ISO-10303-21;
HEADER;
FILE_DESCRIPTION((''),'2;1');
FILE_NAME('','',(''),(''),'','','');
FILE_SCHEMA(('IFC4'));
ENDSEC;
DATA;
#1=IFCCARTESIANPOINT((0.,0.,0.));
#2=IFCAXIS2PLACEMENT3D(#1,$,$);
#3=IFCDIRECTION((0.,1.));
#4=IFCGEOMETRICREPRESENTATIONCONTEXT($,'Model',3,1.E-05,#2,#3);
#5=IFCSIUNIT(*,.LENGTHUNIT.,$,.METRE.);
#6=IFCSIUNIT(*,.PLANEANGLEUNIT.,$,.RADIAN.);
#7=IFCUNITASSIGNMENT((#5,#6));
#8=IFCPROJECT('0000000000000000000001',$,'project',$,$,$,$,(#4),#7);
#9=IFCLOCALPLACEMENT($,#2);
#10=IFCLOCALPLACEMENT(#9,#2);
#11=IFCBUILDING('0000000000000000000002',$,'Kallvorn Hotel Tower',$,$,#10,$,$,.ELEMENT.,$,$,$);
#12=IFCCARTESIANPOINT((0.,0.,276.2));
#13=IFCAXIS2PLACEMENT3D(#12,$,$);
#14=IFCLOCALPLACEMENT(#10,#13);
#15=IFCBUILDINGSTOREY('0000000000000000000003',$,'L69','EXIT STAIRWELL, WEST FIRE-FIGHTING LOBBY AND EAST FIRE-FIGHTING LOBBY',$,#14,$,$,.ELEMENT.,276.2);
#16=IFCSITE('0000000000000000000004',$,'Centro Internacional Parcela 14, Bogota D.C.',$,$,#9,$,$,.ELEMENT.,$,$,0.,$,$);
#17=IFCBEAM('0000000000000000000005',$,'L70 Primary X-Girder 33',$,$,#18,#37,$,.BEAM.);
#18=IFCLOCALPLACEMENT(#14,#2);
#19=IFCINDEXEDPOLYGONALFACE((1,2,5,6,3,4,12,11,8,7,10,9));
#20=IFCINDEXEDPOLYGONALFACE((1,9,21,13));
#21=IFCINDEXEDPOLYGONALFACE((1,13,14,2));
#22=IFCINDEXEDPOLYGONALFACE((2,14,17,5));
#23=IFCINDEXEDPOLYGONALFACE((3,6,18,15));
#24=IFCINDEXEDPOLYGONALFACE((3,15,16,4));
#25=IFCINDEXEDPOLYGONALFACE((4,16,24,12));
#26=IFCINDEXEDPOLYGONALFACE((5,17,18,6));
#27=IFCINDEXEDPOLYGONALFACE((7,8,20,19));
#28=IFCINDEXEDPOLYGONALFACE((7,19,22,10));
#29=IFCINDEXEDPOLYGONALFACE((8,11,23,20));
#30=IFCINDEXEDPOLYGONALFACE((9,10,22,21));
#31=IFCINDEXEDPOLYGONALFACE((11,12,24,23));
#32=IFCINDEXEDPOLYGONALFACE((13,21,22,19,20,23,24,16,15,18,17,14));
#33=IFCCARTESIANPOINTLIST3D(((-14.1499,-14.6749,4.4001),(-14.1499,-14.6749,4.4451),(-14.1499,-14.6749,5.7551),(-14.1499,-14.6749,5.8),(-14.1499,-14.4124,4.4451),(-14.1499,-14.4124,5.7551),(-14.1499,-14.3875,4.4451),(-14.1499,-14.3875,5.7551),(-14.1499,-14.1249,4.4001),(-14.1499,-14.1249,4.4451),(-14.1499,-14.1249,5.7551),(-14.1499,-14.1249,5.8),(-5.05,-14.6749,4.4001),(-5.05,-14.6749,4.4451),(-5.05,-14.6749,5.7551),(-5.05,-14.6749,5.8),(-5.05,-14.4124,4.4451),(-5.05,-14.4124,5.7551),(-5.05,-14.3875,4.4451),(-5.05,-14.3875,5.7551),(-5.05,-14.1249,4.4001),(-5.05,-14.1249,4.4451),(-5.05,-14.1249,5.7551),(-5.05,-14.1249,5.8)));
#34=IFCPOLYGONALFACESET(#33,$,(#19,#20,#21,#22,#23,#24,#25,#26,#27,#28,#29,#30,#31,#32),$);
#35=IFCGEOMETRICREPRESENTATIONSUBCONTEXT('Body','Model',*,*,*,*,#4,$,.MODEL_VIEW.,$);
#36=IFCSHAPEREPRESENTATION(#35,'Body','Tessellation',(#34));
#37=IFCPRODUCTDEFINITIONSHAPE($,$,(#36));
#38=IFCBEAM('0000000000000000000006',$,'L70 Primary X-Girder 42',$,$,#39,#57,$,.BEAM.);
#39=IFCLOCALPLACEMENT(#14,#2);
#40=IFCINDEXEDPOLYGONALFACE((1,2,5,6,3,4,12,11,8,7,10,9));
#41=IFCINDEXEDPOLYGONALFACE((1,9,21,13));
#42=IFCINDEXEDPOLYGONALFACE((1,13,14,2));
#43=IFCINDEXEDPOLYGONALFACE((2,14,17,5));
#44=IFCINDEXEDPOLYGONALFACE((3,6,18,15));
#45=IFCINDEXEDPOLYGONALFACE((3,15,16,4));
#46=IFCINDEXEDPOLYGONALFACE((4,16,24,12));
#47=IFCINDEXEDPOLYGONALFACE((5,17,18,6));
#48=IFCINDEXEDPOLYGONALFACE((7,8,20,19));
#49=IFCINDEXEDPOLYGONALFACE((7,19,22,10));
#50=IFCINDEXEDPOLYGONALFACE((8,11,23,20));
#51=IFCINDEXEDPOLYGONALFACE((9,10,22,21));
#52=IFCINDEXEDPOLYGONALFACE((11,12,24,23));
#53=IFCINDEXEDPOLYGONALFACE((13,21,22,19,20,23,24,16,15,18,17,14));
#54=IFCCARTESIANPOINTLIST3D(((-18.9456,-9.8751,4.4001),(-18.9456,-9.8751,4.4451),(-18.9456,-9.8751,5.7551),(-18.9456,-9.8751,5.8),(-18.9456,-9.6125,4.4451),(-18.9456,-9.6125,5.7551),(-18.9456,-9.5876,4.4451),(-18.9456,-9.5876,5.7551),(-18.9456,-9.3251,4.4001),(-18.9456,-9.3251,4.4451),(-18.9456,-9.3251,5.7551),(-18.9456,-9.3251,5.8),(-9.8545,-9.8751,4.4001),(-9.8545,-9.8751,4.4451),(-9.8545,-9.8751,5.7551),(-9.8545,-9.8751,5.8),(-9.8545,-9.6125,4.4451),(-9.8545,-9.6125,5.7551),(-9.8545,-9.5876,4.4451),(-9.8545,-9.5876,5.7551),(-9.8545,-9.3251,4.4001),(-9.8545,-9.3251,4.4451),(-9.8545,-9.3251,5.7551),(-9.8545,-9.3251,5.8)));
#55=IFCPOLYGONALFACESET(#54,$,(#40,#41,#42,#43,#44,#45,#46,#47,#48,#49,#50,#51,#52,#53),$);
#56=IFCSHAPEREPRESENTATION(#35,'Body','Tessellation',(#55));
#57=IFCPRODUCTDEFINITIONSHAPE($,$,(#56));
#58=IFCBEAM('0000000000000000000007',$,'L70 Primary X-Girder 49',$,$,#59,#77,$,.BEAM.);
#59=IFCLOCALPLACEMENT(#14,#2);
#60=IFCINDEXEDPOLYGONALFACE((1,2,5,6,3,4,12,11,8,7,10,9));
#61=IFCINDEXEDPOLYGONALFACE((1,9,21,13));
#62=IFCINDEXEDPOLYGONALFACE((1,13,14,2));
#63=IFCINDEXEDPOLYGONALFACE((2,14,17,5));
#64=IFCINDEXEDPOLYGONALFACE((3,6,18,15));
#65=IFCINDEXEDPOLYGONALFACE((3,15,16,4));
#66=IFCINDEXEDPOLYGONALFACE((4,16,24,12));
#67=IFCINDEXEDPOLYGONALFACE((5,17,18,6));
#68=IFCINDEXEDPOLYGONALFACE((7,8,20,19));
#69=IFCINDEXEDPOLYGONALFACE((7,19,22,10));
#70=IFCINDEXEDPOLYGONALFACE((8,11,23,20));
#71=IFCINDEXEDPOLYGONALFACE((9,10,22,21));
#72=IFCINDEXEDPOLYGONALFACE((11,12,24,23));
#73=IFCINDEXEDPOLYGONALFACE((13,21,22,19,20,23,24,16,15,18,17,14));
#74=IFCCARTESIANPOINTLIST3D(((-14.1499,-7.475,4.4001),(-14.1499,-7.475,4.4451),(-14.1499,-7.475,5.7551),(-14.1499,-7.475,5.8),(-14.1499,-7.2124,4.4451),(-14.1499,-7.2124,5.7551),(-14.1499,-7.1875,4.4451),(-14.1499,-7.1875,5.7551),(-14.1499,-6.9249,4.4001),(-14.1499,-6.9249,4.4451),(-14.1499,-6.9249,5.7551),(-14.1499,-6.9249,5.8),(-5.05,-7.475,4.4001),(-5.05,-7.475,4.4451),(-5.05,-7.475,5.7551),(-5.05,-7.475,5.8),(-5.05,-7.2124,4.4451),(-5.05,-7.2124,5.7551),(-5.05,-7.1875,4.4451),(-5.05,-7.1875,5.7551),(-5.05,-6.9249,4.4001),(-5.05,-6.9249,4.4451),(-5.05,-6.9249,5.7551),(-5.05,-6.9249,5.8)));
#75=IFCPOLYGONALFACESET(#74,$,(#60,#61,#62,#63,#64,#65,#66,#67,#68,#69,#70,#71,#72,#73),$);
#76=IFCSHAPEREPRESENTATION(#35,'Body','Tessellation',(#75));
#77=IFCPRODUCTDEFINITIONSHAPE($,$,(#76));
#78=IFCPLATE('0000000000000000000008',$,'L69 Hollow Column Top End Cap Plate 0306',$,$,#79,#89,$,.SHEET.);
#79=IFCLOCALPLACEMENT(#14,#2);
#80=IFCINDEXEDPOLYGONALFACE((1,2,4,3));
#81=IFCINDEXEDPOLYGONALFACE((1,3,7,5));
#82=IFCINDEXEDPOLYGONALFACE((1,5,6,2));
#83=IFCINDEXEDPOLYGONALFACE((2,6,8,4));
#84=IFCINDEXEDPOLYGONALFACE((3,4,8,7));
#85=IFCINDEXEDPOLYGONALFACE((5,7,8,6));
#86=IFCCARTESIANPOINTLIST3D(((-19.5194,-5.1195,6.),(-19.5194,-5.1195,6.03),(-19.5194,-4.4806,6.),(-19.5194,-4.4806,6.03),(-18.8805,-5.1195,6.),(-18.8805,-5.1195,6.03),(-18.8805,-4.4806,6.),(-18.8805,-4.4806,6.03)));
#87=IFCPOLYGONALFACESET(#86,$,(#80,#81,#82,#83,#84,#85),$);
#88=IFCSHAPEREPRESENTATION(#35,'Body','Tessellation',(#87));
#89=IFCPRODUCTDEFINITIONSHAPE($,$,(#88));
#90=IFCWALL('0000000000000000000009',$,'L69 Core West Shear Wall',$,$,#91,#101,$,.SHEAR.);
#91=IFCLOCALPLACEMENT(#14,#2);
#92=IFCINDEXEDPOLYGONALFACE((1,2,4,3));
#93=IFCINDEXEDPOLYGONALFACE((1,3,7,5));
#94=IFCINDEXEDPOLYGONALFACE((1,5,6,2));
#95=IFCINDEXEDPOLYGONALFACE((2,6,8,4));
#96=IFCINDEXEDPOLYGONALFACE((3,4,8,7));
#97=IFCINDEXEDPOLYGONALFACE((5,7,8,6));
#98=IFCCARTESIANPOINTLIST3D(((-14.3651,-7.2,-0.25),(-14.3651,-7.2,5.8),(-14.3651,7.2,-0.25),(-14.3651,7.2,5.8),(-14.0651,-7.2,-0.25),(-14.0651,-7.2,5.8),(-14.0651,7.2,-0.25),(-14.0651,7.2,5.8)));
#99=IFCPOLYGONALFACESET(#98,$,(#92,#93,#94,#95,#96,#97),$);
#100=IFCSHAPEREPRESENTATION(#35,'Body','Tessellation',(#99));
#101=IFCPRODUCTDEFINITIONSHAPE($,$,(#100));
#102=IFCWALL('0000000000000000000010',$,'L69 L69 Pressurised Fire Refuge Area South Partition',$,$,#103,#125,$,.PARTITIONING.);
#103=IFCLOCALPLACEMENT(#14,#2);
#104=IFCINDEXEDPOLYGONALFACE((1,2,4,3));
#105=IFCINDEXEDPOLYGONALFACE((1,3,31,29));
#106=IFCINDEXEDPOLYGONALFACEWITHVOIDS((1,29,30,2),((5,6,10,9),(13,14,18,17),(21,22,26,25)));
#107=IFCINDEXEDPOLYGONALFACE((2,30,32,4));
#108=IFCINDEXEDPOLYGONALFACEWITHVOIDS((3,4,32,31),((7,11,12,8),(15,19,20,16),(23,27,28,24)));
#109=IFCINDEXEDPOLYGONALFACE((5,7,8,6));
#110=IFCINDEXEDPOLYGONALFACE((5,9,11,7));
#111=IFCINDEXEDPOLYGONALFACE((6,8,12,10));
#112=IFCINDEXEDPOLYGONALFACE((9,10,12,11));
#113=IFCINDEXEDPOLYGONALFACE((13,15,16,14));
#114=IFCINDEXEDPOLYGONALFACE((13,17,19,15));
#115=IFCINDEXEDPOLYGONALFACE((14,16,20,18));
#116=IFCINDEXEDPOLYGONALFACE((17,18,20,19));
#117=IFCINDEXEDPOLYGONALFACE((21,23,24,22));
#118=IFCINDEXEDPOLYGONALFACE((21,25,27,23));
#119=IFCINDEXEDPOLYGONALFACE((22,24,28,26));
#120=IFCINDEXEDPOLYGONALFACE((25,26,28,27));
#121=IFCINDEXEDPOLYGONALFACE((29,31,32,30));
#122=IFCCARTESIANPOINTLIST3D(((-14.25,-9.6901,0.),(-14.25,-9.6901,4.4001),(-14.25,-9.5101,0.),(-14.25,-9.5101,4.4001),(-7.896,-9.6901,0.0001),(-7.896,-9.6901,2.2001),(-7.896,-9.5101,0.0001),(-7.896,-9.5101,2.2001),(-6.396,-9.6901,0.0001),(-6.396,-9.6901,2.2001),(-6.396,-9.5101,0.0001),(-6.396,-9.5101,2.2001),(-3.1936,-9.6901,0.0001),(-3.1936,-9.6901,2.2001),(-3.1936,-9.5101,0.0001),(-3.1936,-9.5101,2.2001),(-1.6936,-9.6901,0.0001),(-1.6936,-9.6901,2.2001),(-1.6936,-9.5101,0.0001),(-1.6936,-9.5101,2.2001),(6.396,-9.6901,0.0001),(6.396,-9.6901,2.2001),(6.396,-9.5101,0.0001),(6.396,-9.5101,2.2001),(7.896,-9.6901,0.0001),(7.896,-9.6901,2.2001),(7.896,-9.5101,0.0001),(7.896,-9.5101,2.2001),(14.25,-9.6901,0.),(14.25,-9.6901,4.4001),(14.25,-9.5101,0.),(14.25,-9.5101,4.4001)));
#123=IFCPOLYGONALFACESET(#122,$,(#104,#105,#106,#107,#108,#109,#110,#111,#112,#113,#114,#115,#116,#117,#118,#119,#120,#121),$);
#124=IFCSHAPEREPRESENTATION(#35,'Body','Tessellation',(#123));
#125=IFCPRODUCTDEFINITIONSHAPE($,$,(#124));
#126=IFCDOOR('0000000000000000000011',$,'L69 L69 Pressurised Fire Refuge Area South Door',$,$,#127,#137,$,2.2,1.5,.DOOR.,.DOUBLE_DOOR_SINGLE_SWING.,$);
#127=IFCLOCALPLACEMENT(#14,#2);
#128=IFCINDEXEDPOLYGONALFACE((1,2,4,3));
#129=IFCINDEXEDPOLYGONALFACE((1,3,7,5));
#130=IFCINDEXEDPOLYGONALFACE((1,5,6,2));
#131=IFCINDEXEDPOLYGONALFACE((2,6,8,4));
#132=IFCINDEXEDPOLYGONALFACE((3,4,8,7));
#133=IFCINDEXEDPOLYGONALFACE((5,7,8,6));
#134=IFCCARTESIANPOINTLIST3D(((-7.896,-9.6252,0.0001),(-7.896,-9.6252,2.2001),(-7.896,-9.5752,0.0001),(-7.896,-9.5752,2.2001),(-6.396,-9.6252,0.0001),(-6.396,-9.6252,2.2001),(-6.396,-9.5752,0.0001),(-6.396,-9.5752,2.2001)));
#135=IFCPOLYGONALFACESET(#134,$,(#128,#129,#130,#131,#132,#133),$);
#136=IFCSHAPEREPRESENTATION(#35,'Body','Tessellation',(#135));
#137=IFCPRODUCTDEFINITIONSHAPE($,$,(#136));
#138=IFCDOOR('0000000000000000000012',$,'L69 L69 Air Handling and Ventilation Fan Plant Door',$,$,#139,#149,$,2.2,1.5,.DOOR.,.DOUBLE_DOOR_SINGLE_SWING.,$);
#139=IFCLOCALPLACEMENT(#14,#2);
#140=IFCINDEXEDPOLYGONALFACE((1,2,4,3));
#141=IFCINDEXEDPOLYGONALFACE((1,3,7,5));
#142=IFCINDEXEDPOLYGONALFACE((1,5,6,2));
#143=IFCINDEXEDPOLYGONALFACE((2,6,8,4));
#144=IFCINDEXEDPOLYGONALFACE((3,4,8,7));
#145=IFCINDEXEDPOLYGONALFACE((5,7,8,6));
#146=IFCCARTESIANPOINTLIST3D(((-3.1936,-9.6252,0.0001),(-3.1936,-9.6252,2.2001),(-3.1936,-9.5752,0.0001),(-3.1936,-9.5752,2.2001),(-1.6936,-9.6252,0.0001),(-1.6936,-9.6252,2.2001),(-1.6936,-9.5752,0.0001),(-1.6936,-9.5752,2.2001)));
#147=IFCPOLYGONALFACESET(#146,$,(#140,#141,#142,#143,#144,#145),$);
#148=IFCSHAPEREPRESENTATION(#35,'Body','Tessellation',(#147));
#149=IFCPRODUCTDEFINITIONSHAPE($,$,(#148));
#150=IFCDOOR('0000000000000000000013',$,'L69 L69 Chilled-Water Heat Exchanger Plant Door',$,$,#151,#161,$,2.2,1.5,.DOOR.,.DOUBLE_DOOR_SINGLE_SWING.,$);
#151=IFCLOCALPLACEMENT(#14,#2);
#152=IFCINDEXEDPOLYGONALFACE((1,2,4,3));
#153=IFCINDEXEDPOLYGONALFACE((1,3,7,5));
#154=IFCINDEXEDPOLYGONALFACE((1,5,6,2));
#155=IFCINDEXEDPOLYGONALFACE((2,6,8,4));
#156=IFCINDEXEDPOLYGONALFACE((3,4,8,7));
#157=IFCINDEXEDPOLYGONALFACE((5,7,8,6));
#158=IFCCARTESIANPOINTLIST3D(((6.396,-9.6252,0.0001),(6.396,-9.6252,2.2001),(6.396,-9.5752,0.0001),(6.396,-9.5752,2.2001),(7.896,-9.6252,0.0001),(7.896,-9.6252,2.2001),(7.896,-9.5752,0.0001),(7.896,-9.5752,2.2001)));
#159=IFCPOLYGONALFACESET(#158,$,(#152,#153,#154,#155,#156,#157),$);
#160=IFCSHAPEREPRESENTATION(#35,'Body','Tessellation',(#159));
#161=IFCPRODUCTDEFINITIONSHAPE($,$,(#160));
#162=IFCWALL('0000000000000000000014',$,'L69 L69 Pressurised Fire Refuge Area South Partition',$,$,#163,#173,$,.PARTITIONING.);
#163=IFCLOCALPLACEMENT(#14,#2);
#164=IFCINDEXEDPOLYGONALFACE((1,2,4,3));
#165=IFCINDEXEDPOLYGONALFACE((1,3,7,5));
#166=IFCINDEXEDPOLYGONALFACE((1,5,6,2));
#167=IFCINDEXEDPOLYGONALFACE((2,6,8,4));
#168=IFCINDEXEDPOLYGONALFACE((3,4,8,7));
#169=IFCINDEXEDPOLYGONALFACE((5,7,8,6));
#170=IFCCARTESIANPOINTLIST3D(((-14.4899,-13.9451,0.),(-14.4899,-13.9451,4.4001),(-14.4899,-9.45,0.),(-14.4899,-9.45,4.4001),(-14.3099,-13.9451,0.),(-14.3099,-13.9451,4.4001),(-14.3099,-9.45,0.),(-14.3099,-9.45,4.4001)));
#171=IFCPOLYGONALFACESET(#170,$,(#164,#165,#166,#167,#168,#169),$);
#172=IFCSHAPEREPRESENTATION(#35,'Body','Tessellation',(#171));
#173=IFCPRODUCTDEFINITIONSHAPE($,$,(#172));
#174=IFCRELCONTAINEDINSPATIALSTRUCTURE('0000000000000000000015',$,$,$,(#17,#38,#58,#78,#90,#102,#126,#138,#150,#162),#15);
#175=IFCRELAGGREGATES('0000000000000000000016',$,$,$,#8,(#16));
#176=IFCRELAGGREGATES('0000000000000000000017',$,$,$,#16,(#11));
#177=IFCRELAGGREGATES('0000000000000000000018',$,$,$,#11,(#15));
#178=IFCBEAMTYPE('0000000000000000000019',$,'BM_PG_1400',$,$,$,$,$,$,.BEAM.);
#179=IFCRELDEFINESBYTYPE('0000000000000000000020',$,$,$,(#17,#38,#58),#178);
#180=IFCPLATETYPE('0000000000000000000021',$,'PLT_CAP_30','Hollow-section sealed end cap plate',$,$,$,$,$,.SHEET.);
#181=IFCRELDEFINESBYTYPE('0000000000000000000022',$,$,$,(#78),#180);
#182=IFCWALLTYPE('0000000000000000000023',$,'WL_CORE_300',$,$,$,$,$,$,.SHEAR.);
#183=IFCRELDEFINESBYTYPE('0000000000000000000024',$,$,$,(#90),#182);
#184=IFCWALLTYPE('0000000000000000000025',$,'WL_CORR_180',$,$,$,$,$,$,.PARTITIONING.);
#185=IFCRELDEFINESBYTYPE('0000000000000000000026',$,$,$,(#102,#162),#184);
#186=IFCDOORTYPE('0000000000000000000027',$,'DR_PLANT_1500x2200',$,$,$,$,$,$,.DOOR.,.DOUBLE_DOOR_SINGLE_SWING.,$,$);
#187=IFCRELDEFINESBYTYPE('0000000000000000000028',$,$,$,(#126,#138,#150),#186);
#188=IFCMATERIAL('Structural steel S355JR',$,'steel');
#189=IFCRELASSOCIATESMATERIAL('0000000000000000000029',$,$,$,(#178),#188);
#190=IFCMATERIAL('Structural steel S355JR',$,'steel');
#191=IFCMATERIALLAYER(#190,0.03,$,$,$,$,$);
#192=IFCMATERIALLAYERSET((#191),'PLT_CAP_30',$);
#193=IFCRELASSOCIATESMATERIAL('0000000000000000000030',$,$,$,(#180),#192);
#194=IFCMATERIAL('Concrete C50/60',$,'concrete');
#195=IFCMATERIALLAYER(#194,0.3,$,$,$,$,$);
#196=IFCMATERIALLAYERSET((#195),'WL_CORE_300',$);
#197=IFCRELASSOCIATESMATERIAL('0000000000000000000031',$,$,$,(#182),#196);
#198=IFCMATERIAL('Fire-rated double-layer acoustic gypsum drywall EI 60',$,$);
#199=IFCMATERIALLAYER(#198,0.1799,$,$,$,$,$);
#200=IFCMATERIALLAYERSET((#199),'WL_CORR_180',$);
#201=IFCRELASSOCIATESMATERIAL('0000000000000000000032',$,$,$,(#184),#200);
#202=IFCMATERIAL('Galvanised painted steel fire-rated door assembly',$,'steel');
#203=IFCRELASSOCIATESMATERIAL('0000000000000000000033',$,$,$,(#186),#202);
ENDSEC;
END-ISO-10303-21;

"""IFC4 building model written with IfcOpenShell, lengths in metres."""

from ifc_helpers import new_model, si_unit, direction, frame, frame_2d, origin, origin_2d, place, context, subcontext, project, spatial, rectangle, i_section, extrude, material, layer, layer_set, material_profile, profile_set, type_object, element, fill, save


model = new_model("IFC4")

# Units and contexts
model_context = context("Model", 3, precision=1e-05, world=origin(), true_north=direction((0.0, 1.0)))
body_context = subcontext(model_context, "Body", "Model", "MODEL_VIEW")
ifc_project = project(units=[si_unit("LENGTHUNIT", "METRE"), si_unit("PLANEANGLEUNIT", "RADIAN")], contexts=[model_context])

# Site, building, storey
site_placement = place(None, origin())
site = spatial("IfcSite", under=ifc_project, at=site_placement, Name="Centro Internacional Parcela 14, Bogota D.C.", CompositionType="ELEMENT", RefElevation=0.0)
building_placement = place(site_placement, origin())
building = spatial("IfcBuilding", under=site, at=building_placement, Name="Kallvorn Hotel Tower", CompositionType="ELEMENT")
storey_placement = place(building_placement, frame((0.0, 0.0, 276.2)))
storey = spatial("IfcBuildingStorey", under=building, at=storey_placement, Name="L69", Description="EXIT STAIRWELL, WEST FIRE-FIGHTING LOBBY AND EAST FIRE-FIGHTING LOBBY", CompositionType="ELEMENT", Elevation=276.2)

# Beams
ifc_material_1 = material(Name="Structural steel S355JR", Category="steel")
ifc_material_profile_1 = material_profile(ifc_material_1, i_section(OverallWidth=0.55, OverallDepth=1.3999, WebThickness=0.0249, FlangeThickness=0.0449, at=origin_2d()), Name="PG 1400x550x25x45")
ifc_profile_set_1 = profile_set([ifc_material_profile_1], Name="Structural steel S355JR")
beam_type_1 = type_object("IfcBeamType", Name="BM_PG_1400", PredefinedType="BEAM", material=ifc_profile_set_1)
beam_1_placement = place(storey_placement, frame((-14.1499, -14.3999, 5.1001), z_axis=(1.0, 0.0, 0.0), x_axis=(0.0, 1.0, 0.0)))
element("IfcBeam", 1, at=beam_1_placement, inside=storey, type_object=beam_type_1, Name="L70 Primary X-Girder 33", PredefinedType="BEAM", context=body_context, shape_type="SweptSolid", body=[
    extrude(i_section(OverallWidth=0.55, OverallDepth=1.3999, WebThickness=0.0249, FlangeThickness=0.0449, at=origin_2d()), origin(), (0.0, 0.0, 1.0), 9.0999),
])
beam_2_placement = place(storey_placement, frame((-18.9456, -9.6001, 5.1001), z_axis=(1.0, 0.0, 0.0), x_axis=(0.0, 1.0, 0.0)))
element("IfcBeam", 2, at=beam_2_placement, inside=storey, type_object=beam_type_1, Name="L70 Primary X-Girder 42", PredefinedType="BEAM", context=body_context, shape_type="SweptSolid", body=[
    extrude(i_section(OverallWidth=0.55, OverallDepth=1.3999, WebThickness=0.0249, FlangeThickness=0.0449, at=origin_2d()), origin(), (0.0, 0.0, 1.0), 9.0911),
])
beam_3_placement = place(storey_placement, frame((-14.1499, -7.2, 5.1001), z_axis=(1.0, 0.0, 0.0), x_axis=(0.0, 1.0, 0.0)))
element("IfcBeam", 3, at=beam_3_placement, inside=storey, type_object=beam_type_1, Name="L70 Primary X-Girder 49", PredefinedType="BEAM", context=body_context, shape_type="SweptSolid", body=[
    extrude(i_section(OverallWidth=0.55, OverallDepth=1.3999, WebThickness=0.0249, FlangeThickness=0.0449, at=origin_2d()), origin(), (0.0, 0.0, 1.0), 9.0999),
])

# Plate
ifc_material_2 = material(Name="Structural steel S355JR", Category="steel")
ifc_layer_1 = layer(ifc_material_2, 0.03)
ifc_layer_set_1 = layer_set([ifc_layer_1], Name="PLT_CAP_30")
plate_type = type_object("IfcPlateType", Name="PLT_CAP_30", Description="Hollow-section sealed end cap plate", PredefinedType="SHEET", material=ifc_layer_set_1)
plate_placement = place(storey_placement, frame((-19.2, -4.8, 6.0), z_axis=(0.0, 0.0, 1.0), x_axis=(1.0, 0.0, 0.0)))
element("IfcPlate", 4, at=plate_placement, inside=storey, type_object=plate_type, Name="L69 Hollow Column Top End Cap Plate 0306", PredefinedType="SHEET", context=body_context, shape_type="SweptSolid", body=[
    extrude(rectangle(XDim=0.6389, YDim=0.6389, at=origin_2d()), origin(), (0.0, 0.0, 1.0), 0.03),
])

# Wall
ifc_material_3 = material(Name="Concrete C50/60", Category="concrete")
ifc_layer_2 = layer(ifc_material_3, 0.3)
ifc_layer_set_2 = layer_set([ifc_layer_2], Name="WL_CORE_300")
wall_type_1 = type_object("IfcWallType", Name="WL_CORE_300", PredefinedType="SHEAR", material=ifc_layer_set_2)
wall_1_placement = place(storey_placement, frame((-14.2151, -7.2, -0.25), z_axis=(0.0, 0.0, 1.0), x_axis=(0.0, 1.0, 0.0)))
element("IfcWall", 5, at=wall_1_placement, inside=storey, type_object=wall_type_1, Name="L69 Core West Shear Wall", PredefinedType="SHEAR", context=body_context, shape_type="SweptSolid", body=[
    extrude(rectangle(XDim=14.3999, YDim=0.3, at=frame_2d((7.2, 0.0))), origin(), (0.0, 0.0, 1.0), 6.05),
])

# Wall, openings, doors
ifc_material_4 = material(Name="Fire-rated double-layer acoustic gypsum drywall EI 60")
ifc_layer_3 = layer(ifc_material_4, 0.1799)
ifc_layer_set_3 = layer_set([ifc_layer_3], Name="WL_CORR_180")
wall_type_2 = type_object("IfcWallType", Name="WL_CORR_180", PredefinedType="PARTITIONING", material=ifc_layer_set_3)
wall_2_placement = place(storey_placement, frame((-14.25, -9.6001, 0.0), z_axis=(0.0, 0.0, 1.0), x_axis=(1.0, 0.0, 0.0)))
wall_2 = element("IfcWall", 6, at=wall_2_placement, inside=storey, type_object=wall_type_2, Name="L69 L69 Pressurised Fire Refuge Area South Partition", PredefinedType="PARTITIONING", context=body_context, shape_type="SweptSolid", body=[
    extrude(rectangle(XDim=28.5, YDim=0.1799, at=frame_2d((14.25, 0.0))), origin(), (0.0, 0.0, 1.0), 4.4001),
])
opening_1_placement = place(wall_2_placement, frame((6.354, 0.0, 0.0)))
opening_1 = element("IfcOpeningElement", 7, at=opening_1_placement, cuts=wall_2, PredefinedType="OPENING", context=body_context, shape_type="SweptSolid", body=[
    extrude(rectangle(XDim=1.5, YDim=2.2, at=frame_2d((0.75, 1.1001))), frame((0.0, 0.1047, 0.0), z_axis=(0.0, -1.0, 0.0), x_axis=(1.0, 0.0, 0.0)), (0.0, 0.0, 1.0), 0.21),
])
opening_2_placement = place(wall_2_placement, frame((11.0564, 0.0, 0.0)))
opening_2 = element("IfcOpeningElement", 8, at=opening_2_placement, cuts=wall_2, PredefinedType="OPENING", context=body_context, shape_type="SweptSolid", body=[
    extrude(rectangle(XDim=1.5, YDim=2.2, at=frame_2d((0.75, 1.1001))), frame((0.0, 0.1047, 0.0), z_axis=(0.0, -1.0, 0.0), x_axis=(1.0, 0.0, 0.0)), (0.0, 0.0, 1.0), 0.21),
])
opening_3_placement = place(wall_2_placement, frame((20.646, 0.0, 0.0)))
opening_3 = element("IfcOpeningElement", 9, at=opening_3_placement, cuts=wall_2, PredefinedType="OPENING", context=body_context, shape_type="SweptSolid", body=[
    extrude(rectangle(XDim=1.5, YDim=2.2, at=frame_2d((0.75, 1.1001))), frame((0.0, 0.1047, 0.0), z_axis=(0.0, -1.0, 0.0), x_axis=(1.0, 0.0, 0.0)), (0.0, 0.0, 1.0), 0.21),
])
ifc_material_5 = material(Name="Galvanised painted steel fire-rated door assembly", Category="steel")
door_type_1 = type_object("IfcDoorType", Name="DR_PLANT_1500x2200", OperationType="DOUBLE_DOOR_SINGLE_SWING", PredefinedType="DOOR", material=ifc_material_5)
door_1_placement = place(opening_1_placement, origin())
door_1 = element("IfcDoor", 10, at=door_1_placement, inside=storey, type_object=door_type_1, Name="L69 L69 Pressurised Fire Refuge Area South Door", OperationType="DOUBLE_DOOR_SINGLE_SWING", OverallHeight=2.2, OverallWidth=1.5, PredefinedType="DOOR", context=body_context, shape_type="SweptSolid", body=[
    extrude(rectangle(XDim=1.5, YDim=2.2, at=frame_2d((0.75, 1.1001))), frame((0.0, 0.0249, 0.0), z_axis=(0.0, -1.0, 0.0), x_axis=(1.0, 0.0, 0.0)), (0.0, 0.0, 1.0), 0.05),
])
fill(opening_1, door_1)
door_2_placement = place(opening_2_placement, origin())
door_2 = element("IfcDoor", 11, at=door_2_placement, inside=storey, type_object=door_type_1, Name="L69 L69 Air Handling and Ventilation Fan Plant Door", OperationType="DOUBLE_DOOR_SINGLE_SWING", OverallHeight=2.2, OverallWidth=1.5, PredefinedType="DOOR", context=body_context, shape_type="SweptSolid", body=[
    extrude(rectangle(XDim=1.5, YDim=2.2, at=frame_2d((0.75, 1.1001))), frame((0.0, 0.0249, 0.0), z_axis=(0.0, -1.0, 0.0), x_axis=(1.0, 0.0, 0.0)), (0.0, 0.0, 1.0), 0.05),
])
fill(opening_2, door_2)
door_3_placement = place(opening_3_placement, origin())
door_3 = element("IfcDoor", 12, at=door_3_placement, inside=storey, type_object=door_type_1, Name="L69 L69 Chilled-Water Heat Exchanger Plant Door", OperationType="DOUBLE_DOOR_SINGLE_SWING", OverallHeight=2.2, OverallWidth=1.5, PredefinedType="DOOR", context=body_context, shape_type="SweptSolid", body=[
    extrude(rectangle(XDim=1.5, YDim=2.2, at=frame_2d((0.75, 1.1001))), frame((0.0, 0.0249, 0.0), z_axis=(0.0, -1.0, 0.0), x_axis=(1.0, 0.0, 0.0)), (0.0, 0.0, 1.0), 0.05),
])
fill(opening_3, door_3)

# Wall
wall_3_placement = place(storey_placement, frame((-14.3999, -13.9451, 0.0), z_axis=(0.0, 0.0, 1.0), x_axis=(0.0, 1.0, 0.0)))
element("IfcWall", 13, at=wall_3_placement, inside=storey, type_object=wall_type_2, Name="L69 L69 Pressurised Fire Refuge Area South Partition", PredefinedType="PARTITIONING", context=body_context, shape_type="SweptSolid", body=[
    extrude(rectangle(XDim=4.4951, YDim=0.1799, at=frame_2d((2.2476, 0.0))), origin(), (0.0, 0.0, 1.0), 4.4001),
])

save(model, "model.ifc")
